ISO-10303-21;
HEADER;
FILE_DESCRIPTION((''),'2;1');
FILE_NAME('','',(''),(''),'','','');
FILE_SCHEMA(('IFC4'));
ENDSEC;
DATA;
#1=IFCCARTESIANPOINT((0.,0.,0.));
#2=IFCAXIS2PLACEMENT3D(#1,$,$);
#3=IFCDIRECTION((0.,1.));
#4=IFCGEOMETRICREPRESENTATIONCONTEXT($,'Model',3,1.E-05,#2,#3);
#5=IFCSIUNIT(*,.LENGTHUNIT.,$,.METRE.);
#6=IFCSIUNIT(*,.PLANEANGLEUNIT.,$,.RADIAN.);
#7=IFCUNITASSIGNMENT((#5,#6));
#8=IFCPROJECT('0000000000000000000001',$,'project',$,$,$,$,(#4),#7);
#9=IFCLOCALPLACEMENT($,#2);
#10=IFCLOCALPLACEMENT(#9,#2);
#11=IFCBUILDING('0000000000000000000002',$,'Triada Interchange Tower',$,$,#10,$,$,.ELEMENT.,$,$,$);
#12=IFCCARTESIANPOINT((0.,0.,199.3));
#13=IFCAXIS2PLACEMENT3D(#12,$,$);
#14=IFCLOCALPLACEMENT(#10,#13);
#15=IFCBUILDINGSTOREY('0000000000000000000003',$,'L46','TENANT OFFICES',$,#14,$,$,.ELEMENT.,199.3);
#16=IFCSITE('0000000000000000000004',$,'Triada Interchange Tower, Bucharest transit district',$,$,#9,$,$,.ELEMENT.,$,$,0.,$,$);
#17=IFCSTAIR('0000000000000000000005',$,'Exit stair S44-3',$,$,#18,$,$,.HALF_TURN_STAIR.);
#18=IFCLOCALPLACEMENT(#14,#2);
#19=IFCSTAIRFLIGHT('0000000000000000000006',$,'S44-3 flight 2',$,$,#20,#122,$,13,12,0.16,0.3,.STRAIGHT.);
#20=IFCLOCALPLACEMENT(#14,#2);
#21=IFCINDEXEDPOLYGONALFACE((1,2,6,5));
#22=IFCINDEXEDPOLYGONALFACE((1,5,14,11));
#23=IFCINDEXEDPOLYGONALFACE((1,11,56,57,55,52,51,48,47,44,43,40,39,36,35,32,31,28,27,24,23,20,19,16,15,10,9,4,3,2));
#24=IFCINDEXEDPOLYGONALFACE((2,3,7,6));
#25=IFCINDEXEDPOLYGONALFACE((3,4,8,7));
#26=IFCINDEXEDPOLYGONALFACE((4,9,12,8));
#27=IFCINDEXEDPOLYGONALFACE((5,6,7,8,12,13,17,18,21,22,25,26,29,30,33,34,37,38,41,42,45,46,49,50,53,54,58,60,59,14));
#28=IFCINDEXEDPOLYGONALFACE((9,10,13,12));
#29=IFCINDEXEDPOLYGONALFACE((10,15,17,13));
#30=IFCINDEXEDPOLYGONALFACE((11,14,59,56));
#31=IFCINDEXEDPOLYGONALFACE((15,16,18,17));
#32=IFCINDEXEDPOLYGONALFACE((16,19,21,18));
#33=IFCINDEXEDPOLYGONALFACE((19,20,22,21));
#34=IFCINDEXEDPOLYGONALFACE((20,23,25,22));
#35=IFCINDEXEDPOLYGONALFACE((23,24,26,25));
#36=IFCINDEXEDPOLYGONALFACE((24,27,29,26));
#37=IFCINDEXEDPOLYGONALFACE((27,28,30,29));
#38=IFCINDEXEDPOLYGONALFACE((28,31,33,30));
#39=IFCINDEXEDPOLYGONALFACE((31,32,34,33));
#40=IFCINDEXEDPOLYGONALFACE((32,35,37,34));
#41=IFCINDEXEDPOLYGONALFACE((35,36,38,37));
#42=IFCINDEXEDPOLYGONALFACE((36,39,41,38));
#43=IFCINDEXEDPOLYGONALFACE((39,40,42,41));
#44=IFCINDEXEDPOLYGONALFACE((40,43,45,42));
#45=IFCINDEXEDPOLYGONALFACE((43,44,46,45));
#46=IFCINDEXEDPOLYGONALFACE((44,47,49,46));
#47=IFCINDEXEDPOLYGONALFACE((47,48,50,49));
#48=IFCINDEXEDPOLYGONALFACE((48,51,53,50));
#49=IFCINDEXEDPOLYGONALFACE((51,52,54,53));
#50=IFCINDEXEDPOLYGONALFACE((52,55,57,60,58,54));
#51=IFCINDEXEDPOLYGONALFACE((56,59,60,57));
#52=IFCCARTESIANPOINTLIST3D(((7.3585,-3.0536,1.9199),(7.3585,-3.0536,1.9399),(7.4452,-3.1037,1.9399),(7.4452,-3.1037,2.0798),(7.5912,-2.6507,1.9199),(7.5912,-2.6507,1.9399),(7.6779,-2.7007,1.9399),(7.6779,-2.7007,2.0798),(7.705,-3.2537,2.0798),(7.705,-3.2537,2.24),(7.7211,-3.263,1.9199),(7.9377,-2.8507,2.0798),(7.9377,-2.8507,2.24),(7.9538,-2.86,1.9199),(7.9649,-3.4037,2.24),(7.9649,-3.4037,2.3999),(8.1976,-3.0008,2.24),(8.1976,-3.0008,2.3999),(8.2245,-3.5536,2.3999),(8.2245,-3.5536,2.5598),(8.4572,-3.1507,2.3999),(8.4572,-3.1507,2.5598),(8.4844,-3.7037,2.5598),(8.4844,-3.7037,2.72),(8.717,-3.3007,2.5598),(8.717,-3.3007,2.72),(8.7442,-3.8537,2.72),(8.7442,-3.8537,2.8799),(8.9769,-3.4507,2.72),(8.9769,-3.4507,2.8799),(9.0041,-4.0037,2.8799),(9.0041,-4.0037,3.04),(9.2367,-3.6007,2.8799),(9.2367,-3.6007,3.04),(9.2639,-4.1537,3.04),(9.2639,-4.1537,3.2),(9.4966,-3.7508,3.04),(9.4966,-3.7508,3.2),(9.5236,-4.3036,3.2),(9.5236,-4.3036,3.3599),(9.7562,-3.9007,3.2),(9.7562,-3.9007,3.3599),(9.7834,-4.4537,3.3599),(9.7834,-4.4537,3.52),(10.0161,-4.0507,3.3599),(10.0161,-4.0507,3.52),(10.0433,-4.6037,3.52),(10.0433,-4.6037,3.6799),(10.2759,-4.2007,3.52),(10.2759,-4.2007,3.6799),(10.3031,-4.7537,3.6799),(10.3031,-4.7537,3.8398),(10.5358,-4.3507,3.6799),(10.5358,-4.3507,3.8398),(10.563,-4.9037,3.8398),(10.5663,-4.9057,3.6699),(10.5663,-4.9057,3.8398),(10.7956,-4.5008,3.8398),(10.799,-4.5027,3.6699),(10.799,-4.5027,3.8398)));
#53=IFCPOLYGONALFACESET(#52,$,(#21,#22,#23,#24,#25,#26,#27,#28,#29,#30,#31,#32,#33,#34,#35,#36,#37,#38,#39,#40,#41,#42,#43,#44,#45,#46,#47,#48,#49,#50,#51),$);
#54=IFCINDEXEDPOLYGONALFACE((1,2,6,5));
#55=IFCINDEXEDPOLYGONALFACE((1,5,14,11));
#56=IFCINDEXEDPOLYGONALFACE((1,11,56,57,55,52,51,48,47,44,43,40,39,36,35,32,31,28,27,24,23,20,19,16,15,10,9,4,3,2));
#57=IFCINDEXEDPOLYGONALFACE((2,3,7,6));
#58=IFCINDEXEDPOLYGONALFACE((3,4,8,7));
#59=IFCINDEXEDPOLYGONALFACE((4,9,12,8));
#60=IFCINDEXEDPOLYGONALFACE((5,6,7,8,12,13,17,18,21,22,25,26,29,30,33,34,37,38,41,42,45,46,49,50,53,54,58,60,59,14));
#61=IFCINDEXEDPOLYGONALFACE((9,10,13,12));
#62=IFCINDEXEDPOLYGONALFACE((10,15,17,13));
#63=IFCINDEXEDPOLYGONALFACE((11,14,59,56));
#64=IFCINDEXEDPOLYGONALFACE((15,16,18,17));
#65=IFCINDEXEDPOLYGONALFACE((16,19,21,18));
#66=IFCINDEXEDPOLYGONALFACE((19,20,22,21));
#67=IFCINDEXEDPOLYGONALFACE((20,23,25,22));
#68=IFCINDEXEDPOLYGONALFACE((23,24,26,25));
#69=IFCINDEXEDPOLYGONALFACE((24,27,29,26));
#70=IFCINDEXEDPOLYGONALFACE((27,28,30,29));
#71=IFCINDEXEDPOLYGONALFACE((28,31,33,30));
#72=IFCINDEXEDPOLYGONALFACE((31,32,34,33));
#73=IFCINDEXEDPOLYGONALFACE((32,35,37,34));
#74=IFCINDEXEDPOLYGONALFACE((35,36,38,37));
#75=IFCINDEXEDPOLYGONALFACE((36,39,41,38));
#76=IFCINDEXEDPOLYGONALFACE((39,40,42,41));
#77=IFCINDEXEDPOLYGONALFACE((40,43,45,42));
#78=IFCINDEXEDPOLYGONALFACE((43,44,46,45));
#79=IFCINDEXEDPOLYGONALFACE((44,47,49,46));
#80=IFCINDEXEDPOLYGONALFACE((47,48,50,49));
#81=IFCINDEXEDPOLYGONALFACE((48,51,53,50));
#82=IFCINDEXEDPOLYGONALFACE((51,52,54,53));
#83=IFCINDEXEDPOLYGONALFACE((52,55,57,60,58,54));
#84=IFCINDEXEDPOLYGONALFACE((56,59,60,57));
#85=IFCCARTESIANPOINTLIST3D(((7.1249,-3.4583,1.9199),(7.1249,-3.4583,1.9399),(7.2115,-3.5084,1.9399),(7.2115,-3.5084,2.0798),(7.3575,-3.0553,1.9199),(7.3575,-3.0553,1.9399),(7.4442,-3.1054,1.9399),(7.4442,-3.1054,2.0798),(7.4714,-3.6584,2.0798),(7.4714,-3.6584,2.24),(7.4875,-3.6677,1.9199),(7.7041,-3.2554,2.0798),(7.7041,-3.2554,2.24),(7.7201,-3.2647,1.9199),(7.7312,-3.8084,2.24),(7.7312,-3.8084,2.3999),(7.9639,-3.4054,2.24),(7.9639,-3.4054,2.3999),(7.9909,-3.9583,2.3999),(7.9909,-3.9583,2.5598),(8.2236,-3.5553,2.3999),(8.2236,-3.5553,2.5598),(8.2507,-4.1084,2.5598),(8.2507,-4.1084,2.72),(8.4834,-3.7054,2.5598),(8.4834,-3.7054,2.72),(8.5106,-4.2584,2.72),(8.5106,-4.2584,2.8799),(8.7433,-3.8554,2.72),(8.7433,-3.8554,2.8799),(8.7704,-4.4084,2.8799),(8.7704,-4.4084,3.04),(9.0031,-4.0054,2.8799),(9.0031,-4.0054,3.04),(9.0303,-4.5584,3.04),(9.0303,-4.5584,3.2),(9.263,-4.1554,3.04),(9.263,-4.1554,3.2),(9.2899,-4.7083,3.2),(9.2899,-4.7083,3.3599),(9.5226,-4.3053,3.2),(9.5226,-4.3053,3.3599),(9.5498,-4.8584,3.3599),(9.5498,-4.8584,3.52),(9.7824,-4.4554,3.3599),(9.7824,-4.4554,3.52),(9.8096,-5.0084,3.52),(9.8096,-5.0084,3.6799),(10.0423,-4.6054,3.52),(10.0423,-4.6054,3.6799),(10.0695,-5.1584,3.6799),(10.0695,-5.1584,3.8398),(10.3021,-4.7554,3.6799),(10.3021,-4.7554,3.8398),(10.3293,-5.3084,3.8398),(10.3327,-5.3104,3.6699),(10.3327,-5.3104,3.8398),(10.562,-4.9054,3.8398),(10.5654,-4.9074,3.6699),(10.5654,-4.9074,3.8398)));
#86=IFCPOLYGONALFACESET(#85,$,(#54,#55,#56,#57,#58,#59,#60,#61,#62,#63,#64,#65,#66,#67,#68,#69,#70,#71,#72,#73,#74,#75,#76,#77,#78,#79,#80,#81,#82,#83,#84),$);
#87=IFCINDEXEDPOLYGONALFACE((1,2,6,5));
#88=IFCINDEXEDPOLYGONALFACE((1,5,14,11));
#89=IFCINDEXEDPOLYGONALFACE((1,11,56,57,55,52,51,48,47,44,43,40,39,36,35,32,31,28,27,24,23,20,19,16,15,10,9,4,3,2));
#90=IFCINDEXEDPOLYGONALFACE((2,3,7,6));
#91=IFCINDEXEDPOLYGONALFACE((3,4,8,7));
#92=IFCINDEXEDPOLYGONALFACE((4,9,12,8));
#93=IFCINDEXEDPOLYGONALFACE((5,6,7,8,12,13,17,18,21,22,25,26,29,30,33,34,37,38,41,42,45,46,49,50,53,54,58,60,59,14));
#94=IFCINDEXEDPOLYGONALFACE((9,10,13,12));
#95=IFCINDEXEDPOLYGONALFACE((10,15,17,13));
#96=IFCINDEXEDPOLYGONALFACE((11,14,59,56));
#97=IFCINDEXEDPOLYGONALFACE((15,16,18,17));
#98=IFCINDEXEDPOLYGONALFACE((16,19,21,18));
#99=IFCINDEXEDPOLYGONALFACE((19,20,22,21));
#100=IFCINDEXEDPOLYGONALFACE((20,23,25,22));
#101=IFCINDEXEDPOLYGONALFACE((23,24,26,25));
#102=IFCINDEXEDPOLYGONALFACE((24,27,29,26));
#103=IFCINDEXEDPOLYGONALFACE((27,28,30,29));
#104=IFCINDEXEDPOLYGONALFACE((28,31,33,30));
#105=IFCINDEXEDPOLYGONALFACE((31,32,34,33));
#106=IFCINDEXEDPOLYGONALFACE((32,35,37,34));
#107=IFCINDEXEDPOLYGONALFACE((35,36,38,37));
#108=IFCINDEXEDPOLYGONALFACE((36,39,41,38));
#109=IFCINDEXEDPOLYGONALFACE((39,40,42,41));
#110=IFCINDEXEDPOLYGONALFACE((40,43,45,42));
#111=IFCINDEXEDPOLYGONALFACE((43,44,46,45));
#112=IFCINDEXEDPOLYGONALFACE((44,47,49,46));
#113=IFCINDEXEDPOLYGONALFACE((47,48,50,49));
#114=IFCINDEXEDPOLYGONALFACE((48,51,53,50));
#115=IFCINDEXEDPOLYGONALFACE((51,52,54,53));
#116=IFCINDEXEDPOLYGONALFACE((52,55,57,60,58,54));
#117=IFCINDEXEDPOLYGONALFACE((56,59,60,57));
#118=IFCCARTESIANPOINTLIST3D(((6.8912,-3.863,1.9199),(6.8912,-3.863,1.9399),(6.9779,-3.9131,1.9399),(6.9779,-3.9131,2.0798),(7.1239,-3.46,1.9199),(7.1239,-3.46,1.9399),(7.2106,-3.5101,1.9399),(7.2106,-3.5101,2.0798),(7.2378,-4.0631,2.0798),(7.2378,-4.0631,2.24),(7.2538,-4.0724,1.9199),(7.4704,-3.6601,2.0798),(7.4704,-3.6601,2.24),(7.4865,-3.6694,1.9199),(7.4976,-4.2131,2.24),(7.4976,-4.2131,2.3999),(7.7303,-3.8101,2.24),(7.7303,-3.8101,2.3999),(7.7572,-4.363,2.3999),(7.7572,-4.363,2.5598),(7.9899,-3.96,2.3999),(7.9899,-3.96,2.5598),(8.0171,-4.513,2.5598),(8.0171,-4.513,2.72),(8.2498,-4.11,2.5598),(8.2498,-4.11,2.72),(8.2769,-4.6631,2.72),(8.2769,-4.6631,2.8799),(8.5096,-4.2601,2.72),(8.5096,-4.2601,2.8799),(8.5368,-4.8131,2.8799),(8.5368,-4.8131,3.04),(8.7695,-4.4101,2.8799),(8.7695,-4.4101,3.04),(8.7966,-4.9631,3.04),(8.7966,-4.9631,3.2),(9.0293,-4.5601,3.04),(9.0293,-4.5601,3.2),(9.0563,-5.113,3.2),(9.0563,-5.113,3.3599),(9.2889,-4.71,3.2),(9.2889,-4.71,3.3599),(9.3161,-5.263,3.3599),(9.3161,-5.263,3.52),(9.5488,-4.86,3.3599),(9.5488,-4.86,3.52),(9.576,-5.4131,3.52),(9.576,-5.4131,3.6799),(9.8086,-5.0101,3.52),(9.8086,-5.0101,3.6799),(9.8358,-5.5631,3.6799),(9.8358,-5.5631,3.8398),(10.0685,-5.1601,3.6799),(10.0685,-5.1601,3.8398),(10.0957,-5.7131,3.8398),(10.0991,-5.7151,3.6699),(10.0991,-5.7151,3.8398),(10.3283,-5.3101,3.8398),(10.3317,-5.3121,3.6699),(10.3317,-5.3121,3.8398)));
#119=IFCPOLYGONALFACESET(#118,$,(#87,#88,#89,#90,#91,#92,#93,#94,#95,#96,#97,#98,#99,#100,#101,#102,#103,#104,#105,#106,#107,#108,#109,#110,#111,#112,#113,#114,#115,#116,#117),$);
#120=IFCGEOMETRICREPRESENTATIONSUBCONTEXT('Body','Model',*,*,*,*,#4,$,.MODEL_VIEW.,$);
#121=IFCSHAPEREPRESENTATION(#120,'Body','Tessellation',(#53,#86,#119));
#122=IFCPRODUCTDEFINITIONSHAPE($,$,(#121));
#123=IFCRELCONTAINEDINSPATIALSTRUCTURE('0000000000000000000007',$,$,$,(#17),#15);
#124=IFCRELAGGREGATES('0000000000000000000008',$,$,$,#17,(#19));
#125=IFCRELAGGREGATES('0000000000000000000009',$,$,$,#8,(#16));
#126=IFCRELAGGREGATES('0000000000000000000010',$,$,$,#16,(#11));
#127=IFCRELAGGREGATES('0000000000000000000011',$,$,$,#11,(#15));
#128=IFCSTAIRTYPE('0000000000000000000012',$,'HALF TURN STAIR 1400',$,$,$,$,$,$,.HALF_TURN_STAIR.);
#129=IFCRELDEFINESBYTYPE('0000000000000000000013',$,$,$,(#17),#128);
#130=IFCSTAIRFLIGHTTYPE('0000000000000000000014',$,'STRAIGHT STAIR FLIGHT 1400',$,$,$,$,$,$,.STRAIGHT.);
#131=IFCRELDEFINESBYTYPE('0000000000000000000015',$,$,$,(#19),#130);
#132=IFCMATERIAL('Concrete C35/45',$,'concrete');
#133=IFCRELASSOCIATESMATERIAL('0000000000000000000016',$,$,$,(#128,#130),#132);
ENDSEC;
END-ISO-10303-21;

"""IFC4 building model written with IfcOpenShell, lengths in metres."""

from ifc_helpers import new_model, si_unit, direction, frame, origin, place, context, subcontext, project, spatial, polyline, outline, extrude, material, type_object, element, aggregate, save


model = new_model("IFC4")

# Units and contexts
model_context = context("Model", 3, precision=1e-05, world=origin(), true_north=direction((0.0, 1.0)))
body_context = subcontext(model_context, "Body", "Model", "MODEL_VIEW")
ifc_project = project(units=[si_unit("LENGTHUNIT", "METRE"), si_unit("PLANEANGLEUNIT", "RADIAN")], contexts=[model_context])

# Site, building, storey
site_placement = place(None, origin())
site = spatial("IfcSite", under=ifc_project, at=site_placement, Name="Triada Interchange Tower, Bucharest transit district", CompositionType="ELEMENT", RefElevation=0.0)
building_placement = place(site_placement, origin())
building = spatial("IfcBuilding", under=site, at=building_placement, Name="Triada Interchange Tower", CompositionType="ELEMENT")
storey_placement = place(building_placement, frame((0.0, 0.0, 199.3)))
storey = spatial("IfcBuildingStorey", under=building, at=storey_placement, Name="L46", Description="TENANT OFFICES", CompositionType="ELEMENT", Elevation=199.3)

# Stair, stair flight
ifc_material_1 = material(Name="Concrete C35/45", Category="concrete")
stair_type = type_object("IfcStairType", Name="HALF TURN STAIR 1400", PredefinedType="HALF_TURN_STAIR", material=ifc_material_1)
stair_placement = place(storey_placement, origin())
stair = element("IfcStair", 1, at=stair_placement, inside=storey, type_object=stair_type, Name="Exit stair S44-3", PredefinedType="HALF_TURN_STAIR")
stair_flight_type = type_object("IfcStairFlightType", Name="STRAIGHT STAIR FLIGHT 1400", PredefinedType="STRAIGHT", material=ifc_material_1)
stair_flight_1_placement = place(storey_placement, frame((7.3279, -3.3069, 1.9199), z_axis=(0.0, 0.0, 1.0), x_axis=(0.866025, -0.5, 0.0)))
stair_flight_1 = element("IfcStairFlight", 2, at=stair_flight_1_placement, type_object=stair_flight_type, Name="S44-3 flight 2", NumberOfRisers=13, NumberOfTreads=12, PredefinedType="STRAIGHT", RiserHeight=0.16, TreadLength=0.3, context=body_context, shape_type="SweptSolid", body=[
    extrude(outline(polyline([(-0.1001, 0.0), (-0.1001, 0.02), (0.0, 0.02), (0.0, 0.1599), (0.3, 0.1599), (0.3, 0.3201), (0.6001, 0.3201), (0.6001, 0.48), (0.8999, 0.48), (0.8999, 0.6399), (1.2, 0.6399), (1.2, 0.8), (1.5, 0.8), (1.5, 0.96), (1.8, 0.96), (1.8, 1.1201), (2.1001, 1.1201), (2.1001, 1.28), (2.3999, 1.28), (2.3999, 1.4399), (2.7, 1.4399), (2.7, 1.6001), (3.0, 1.6001), (3.0, 1.76), (3.3, 1.76), (3.3, 1.9199), (3.6001, 1.9199), (3.604, 1.9199), (3.604, 2.0801), (3.604, 1.75), (0.3186, 0.0), (-0.1001, 0.0)])), frame((0.0, 0.7, 0.0), z_axis=(0.0, -1.0, 0.0), x_axis=(1.0, 0.0, 0.0)), (0.0, 0.0, 1.0), 0.4653),
    extrude(outline(polyline([(-0.1001, 0.0), (-0.1001, 0.02), (0.0, 0.02), (0.0, 0.1599), (0.3, 0.1599), (0.3, 0.3201), (0.6001, 0.3201), (0.6001, 0.48), (0.8999, 0.48), (0.8999, 0.6399), (1.2, 0.6399), (1.2, 0.8), (1.5, 0.8), (1.5, 0.96), (1.8, 0.96), (1.8, 1.1201), (2.1001, 1.1201), (2.1001, 1.28), (2.3999, 1.28), (2.3999, 1.4399), (2.7, 1.4399), (2.7, 1.6001), (3.0, 1.6001), (3.0, 1.76), (3.3, 1.76), (3.3, 1.9199), (3.6001, 1.9199), (3.604, 1.9199), (3.604, 2.0801), (3.604, 1.75), (0.3186, 0.0), (-0.1001, 0.0)])), frame((0.0, 0.2327, 0.0), z_axis=(0.0, -1.0, 0.0), x_axis=(1.0, 0.0, 0.0)), (0.0, 0.0, 1.0), 0.4653),
    extrude(outline(polyline([(-0.1001, 0.0), (-0.1001, 0.02), (0.0, 0.02), (0.0, 0.1599), (0.3, 0.1599), (0.3, 0.3201), (0.6001, 0.3201), (0.6001, 0.48), (0.8999, 0.48), (0.8999, 0.6399), (1.2, 0.6399), (1.2, 0.8), (1.5, 0.8), (1.5, 0.96), (1.8, 0.96), (1.8, 1.1201), (2.1001, 1.1201), (2.1001, 1.28), (2.3999, 1.28), (2.3999, 1.4399), (2.7, 1.4399), (2.7, 1.6001), (3.0, 1.6001), (3.0, 1.76), (3.3, 1.76), (3.3, 1.9199), (3.6001, 1.9199), (3.604, 1.9199), (3.604, 2.0801), (3.604, 1.75), (0.3186, 0.0), (-0.1001, 0.0)])), frame((0.0, -0.2346, 0.0), z_axis=(0.0, -1.0, 0.0), x_axis=(1.0, 0.0, 0.0)), (0.0, 0.0, 1.0), 0.4653),
])
aggregate(stair, [stair_flight_1])

save(model, "model.ifc")
